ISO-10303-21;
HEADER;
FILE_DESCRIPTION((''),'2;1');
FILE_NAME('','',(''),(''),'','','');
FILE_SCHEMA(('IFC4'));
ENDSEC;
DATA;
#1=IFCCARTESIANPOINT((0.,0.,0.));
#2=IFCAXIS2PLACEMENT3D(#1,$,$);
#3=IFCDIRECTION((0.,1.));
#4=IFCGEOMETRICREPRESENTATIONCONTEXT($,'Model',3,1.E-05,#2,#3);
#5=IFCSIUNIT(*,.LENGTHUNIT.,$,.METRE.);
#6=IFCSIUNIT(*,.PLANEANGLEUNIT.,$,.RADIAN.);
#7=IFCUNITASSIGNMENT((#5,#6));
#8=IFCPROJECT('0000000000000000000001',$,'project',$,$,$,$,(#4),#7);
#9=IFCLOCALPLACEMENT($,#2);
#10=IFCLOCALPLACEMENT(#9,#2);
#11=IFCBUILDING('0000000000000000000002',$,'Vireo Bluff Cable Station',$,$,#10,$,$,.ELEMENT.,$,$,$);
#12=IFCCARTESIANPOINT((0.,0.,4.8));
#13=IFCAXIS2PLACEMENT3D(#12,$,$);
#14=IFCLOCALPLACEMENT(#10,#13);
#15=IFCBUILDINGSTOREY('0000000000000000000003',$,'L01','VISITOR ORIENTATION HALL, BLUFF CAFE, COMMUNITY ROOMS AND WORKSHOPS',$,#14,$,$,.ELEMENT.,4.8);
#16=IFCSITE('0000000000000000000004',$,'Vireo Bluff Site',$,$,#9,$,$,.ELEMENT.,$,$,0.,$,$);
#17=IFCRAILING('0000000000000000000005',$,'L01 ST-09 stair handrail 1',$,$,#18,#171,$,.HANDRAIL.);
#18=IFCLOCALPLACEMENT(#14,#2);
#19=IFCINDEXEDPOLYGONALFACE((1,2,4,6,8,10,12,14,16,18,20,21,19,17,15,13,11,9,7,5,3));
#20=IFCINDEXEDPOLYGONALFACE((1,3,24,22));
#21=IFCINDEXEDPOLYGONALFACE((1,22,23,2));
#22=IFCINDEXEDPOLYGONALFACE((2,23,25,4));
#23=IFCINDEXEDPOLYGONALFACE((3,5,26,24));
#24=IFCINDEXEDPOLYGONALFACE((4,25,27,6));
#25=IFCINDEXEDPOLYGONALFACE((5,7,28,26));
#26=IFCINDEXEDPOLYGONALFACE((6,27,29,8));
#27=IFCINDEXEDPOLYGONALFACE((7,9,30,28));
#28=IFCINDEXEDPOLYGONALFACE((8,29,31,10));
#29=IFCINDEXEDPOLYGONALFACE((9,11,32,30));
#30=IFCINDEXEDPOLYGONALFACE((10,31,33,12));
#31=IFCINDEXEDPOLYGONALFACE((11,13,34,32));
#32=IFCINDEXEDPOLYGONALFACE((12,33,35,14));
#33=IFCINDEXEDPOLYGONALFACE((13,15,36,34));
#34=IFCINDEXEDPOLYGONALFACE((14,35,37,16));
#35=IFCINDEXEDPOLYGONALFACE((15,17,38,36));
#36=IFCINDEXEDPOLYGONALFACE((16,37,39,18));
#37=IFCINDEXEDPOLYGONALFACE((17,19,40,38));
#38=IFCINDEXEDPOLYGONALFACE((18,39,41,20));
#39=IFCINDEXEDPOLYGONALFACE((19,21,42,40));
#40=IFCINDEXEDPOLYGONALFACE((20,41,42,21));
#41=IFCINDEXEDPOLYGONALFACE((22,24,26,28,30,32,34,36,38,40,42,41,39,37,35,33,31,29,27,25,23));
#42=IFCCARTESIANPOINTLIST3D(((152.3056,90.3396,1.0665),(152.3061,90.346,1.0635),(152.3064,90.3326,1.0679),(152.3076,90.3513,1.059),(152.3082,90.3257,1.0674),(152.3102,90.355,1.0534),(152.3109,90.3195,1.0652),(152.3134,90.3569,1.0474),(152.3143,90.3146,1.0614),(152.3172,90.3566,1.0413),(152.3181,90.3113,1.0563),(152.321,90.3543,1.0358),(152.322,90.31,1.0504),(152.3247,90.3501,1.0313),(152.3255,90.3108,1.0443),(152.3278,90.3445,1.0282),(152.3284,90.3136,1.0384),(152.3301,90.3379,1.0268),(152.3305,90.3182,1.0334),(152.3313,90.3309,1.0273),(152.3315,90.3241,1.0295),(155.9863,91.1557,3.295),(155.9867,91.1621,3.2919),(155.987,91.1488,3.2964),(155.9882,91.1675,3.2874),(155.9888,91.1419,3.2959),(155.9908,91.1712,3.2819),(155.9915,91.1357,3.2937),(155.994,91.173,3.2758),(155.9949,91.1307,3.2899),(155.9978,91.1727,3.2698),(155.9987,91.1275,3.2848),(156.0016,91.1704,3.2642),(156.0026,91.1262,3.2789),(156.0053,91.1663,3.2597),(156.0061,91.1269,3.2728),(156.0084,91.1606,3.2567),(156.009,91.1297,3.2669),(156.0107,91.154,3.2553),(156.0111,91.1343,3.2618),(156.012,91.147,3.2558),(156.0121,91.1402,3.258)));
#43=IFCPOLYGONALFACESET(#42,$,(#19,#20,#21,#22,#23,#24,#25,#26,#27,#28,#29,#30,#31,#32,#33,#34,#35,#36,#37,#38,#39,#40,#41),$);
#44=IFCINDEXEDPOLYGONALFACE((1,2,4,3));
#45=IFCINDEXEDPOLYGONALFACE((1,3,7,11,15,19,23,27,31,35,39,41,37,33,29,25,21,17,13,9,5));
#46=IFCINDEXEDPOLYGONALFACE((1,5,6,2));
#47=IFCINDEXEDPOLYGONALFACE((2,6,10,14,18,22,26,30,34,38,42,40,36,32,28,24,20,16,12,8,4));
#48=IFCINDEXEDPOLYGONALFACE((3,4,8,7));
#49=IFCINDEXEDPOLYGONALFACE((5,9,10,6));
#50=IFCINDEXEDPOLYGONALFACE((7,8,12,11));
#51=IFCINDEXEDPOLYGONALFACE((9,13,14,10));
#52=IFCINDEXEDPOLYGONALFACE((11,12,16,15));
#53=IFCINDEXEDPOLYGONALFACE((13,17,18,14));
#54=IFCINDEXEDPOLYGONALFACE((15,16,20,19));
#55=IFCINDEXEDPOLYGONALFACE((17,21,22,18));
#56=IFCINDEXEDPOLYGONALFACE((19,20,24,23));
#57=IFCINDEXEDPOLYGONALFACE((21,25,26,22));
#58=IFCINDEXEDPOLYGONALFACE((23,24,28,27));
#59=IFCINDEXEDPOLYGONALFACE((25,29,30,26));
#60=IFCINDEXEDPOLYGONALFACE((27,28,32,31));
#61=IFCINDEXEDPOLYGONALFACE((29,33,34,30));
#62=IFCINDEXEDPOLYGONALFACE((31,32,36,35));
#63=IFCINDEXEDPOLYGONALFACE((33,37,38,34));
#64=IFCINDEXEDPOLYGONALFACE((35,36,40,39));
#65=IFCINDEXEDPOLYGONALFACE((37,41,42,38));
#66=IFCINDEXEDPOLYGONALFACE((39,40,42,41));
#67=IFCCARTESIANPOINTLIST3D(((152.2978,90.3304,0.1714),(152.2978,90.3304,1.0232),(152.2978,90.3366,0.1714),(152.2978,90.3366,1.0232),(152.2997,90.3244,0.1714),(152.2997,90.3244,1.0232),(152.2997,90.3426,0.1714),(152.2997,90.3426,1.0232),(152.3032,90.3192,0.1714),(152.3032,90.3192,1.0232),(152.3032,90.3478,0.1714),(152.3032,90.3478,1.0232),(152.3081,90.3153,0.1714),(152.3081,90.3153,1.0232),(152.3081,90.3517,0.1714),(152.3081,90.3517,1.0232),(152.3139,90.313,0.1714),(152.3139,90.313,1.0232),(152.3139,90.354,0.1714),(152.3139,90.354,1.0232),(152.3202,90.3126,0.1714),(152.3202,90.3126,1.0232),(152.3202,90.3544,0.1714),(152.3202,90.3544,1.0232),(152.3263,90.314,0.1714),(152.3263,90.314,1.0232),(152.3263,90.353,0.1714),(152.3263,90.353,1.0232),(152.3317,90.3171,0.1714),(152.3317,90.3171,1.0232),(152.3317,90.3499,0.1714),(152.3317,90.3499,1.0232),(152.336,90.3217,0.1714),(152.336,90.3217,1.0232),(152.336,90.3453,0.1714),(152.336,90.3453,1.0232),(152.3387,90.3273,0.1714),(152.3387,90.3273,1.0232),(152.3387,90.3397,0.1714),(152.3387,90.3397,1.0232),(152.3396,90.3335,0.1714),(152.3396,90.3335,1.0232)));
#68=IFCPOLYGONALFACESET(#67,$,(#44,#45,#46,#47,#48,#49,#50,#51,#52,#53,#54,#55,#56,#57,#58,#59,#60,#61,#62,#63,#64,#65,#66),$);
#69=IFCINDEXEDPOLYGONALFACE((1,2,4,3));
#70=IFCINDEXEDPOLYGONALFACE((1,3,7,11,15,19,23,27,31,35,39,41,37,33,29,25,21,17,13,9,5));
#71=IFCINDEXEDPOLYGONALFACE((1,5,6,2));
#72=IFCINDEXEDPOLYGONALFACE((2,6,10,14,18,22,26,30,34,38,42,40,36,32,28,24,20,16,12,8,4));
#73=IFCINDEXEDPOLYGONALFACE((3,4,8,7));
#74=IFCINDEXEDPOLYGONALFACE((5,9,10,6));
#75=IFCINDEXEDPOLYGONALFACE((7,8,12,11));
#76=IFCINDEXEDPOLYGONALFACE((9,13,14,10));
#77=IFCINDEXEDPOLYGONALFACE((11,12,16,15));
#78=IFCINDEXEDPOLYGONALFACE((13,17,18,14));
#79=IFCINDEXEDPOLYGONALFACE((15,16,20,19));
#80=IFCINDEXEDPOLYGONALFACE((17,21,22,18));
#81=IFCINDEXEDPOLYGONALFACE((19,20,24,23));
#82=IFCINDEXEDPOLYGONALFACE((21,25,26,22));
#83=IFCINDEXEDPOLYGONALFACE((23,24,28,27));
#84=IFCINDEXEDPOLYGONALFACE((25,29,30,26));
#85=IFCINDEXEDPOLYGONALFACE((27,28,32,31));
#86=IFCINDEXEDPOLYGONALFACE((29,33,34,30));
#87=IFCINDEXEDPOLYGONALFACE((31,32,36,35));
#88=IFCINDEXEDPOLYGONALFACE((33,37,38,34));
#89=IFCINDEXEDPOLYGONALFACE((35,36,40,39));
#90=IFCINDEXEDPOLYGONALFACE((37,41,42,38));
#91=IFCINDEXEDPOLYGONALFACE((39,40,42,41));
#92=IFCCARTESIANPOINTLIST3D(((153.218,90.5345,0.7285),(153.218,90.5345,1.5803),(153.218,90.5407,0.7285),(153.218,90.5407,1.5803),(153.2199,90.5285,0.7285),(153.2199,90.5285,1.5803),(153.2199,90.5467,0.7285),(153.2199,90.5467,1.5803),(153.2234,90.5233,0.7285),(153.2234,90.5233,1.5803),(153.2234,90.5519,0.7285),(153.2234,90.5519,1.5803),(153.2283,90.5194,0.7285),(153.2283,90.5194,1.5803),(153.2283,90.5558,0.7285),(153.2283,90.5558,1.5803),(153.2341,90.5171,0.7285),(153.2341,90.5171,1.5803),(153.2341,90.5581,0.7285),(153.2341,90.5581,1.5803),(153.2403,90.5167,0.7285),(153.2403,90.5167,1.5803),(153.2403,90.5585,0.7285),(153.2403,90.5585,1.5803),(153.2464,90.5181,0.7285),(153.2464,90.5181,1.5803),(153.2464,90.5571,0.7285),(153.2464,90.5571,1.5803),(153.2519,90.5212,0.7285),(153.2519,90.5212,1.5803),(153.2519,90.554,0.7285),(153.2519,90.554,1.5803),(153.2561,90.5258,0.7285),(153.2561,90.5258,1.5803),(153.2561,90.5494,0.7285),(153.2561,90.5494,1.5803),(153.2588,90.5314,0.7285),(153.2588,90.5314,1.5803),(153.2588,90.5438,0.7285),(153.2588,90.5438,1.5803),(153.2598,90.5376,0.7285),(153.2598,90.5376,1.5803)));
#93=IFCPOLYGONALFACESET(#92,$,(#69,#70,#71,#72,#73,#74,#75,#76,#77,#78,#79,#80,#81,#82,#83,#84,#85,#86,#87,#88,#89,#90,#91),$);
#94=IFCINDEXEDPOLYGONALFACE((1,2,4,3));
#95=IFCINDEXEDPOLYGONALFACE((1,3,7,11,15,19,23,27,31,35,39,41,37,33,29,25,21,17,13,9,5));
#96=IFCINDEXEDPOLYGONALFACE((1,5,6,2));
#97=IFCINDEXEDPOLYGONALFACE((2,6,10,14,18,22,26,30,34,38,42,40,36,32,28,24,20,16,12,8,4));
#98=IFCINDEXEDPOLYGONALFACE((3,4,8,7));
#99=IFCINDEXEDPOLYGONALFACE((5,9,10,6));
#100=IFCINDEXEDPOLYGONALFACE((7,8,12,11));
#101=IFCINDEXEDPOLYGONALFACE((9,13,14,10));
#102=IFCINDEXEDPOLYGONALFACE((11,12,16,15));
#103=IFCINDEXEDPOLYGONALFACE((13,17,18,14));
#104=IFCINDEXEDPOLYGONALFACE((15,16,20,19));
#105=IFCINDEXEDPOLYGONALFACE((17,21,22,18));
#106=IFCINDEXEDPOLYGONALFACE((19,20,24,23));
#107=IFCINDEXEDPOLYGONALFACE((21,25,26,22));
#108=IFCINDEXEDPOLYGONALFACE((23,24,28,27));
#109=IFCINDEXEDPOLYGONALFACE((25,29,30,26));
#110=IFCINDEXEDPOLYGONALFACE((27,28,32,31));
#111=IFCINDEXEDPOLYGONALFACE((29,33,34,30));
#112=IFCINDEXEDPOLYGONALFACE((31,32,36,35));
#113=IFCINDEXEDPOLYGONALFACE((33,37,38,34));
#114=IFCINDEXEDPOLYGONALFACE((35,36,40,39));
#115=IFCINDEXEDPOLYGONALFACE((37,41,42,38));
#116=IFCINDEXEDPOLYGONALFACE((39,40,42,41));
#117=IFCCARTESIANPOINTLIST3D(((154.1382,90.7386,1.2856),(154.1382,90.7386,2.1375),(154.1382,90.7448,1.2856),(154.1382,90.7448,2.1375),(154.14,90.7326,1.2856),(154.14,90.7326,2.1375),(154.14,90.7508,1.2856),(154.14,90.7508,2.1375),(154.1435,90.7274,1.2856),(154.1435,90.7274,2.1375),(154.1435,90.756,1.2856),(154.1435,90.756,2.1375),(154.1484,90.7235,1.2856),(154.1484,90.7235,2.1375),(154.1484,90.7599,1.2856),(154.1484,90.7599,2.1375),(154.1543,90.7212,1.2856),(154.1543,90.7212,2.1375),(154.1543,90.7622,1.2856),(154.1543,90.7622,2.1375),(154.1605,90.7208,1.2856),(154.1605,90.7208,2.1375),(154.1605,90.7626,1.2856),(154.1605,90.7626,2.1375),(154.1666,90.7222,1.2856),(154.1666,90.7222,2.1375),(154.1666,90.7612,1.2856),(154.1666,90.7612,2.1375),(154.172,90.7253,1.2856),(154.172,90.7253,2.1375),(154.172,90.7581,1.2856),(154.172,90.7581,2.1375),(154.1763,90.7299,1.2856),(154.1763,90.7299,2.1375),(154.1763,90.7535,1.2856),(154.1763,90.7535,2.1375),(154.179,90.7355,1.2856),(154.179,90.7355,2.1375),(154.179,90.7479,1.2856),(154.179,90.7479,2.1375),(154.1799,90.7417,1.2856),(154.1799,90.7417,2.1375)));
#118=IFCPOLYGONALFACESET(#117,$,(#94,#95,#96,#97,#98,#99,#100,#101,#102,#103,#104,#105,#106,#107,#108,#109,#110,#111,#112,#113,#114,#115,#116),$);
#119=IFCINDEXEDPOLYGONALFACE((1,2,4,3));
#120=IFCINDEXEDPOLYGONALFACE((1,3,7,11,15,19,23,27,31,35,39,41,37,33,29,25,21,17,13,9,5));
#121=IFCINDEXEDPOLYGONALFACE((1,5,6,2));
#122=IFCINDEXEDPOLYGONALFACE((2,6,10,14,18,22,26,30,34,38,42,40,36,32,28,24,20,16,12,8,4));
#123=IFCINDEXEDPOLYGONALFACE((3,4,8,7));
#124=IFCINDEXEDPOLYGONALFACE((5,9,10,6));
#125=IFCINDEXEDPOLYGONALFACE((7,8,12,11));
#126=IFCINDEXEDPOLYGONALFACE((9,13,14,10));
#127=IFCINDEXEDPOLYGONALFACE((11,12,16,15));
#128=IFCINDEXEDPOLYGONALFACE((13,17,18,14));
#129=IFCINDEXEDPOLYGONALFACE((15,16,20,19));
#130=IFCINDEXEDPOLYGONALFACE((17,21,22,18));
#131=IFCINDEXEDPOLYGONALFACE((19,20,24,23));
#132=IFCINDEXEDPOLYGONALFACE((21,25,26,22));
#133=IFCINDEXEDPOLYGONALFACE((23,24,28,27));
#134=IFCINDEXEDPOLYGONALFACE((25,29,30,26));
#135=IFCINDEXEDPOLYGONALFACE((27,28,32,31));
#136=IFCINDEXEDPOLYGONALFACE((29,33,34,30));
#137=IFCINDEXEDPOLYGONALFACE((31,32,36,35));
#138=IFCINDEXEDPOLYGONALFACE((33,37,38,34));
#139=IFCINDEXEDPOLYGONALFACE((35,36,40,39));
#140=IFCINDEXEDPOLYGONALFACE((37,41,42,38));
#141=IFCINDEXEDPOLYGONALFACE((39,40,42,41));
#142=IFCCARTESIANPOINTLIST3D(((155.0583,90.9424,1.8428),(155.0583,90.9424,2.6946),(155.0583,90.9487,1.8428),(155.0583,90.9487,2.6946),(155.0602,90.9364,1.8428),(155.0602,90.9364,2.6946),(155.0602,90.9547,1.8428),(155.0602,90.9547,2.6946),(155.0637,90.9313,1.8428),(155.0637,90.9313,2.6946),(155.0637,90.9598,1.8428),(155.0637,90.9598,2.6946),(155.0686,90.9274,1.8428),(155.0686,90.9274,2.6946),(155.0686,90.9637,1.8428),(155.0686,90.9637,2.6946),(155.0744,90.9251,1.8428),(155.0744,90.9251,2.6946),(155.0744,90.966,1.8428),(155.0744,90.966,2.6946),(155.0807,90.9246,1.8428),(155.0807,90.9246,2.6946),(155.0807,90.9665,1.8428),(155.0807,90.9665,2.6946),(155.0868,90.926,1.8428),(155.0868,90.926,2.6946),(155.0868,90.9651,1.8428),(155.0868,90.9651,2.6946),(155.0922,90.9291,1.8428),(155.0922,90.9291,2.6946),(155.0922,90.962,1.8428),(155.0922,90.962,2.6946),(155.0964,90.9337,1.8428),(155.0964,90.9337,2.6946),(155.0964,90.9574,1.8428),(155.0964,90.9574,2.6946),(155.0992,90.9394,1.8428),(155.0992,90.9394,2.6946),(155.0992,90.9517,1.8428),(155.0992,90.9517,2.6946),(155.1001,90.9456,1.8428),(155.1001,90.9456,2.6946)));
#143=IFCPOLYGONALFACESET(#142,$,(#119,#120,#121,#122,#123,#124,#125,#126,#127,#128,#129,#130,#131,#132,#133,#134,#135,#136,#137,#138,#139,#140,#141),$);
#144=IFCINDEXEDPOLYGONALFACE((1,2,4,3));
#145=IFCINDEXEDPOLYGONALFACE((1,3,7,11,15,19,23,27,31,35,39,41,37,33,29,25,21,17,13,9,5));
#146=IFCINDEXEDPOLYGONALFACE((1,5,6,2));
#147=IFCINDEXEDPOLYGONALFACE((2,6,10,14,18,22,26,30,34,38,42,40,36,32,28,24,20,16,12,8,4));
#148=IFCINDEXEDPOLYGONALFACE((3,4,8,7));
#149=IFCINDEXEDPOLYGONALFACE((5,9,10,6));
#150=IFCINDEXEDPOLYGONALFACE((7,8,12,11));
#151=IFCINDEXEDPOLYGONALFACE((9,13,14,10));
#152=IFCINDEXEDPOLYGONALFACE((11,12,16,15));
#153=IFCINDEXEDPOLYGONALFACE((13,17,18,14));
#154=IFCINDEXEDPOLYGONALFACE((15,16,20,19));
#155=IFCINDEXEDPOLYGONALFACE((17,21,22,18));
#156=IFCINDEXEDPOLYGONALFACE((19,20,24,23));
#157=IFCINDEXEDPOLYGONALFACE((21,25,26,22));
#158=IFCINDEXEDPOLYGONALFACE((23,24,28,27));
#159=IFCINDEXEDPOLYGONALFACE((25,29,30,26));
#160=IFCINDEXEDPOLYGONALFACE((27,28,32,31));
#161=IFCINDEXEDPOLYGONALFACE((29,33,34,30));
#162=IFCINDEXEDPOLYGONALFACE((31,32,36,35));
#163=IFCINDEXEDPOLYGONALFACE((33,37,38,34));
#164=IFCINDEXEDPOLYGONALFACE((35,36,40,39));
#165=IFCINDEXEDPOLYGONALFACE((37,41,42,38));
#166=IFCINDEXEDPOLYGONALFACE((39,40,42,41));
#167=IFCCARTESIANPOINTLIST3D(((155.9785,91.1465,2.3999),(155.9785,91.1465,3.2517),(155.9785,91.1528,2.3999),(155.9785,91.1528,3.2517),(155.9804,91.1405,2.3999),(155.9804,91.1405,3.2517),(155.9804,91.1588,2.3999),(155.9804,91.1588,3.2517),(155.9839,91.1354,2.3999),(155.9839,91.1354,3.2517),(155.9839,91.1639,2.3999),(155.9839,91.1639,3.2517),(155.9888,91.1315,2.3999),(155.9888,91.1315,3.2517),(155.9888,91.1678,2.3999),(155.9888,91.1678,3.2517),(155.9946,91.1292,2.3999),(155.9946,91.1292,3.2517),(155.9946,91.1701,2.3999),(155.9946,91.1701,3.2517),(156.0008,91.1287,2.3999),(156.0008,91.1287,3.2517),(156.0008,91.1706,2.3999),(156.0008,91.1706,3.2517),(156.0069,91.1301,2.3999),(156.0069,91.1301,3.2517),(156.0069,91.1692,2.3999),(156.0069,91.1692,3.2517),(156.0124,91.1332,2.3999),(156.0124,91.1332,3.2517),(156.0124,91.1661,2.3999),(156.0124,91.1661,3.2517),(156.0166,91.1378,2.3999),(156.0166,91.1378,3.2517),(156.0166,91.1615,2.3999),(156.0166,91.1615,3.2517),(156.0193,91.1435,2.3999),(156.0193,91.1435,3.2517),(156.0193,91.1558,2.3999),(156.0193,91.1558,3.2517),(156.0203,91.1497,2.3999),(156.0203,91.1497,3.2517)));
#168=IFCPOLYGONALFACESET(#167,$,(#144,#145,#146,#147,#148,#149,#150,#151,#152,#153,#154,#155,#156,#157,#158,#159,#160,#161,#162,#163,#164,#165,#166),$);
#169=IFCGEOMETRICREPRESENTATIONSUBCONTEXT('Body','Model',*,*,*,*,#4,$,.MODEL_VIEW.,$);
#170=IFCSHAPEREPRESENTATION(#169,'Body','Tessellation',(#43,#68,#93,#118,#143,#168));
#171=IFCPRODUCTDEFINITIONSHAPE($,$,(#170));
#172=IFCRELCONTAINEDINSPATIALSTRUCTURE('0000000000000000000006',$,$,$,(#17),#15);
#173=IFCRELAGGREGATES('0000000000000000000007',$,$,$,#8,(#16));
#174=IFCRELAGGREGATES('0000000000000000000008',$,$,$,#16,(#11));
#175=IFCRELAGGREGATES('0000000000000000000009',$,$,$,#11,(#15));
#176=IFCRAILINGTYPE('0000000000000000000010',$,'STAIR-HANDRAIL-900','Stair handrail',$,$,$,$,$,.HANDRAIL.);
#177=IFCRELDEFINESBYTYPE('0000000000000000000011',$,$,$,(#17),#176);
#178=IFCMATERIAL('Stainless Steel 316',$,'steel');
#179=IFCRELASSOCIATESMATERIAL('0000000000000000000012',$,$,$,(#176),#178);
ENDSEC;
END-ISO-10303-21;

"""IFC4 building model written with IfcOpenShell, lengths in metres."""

from ifc_helpers import new_model, si_unit, direction, frame, origin, origin_2d, place, context, subcontext, project, spatial, circle, extrude, material, type_object, element, save


model = new_model("IFC4")

# Units and contexts
model_context = context("Model", 3, precision=1e-05, world=origin(), true_north=direction((0.0, 1.0)))
body_context = subcontext(model_context, "Body", "Model", "MODEL_VIEW")
ifc_project = project(units=[si_unit("LENGTHUNIT", "METRE"), si_unit("PLANEANGLEUNIT", "RADIAN")], contexts=[model_context])

# Site, building, storey
site_placement = place(None, origin())
site = spatial("IfcSite", under=ifc_project, at=site_placement, Name="Vireo Bluff Site", CompositionType="ELEMENT", RefElevation=0.0)
building_placement = place(site_placement, origin())
building = spatial("IfcBuilding", under=site, at=building_placement, Name="Vireo Bluff Cable Station", CompositionType="ELEMENT")
storey_placement = place(building_placement, frame((0.0, 0.0, 4.8)))
storey = spatial("IfcBuildingStorey", under=building, at=storey_placement, Name="L01", Description="VISITOR ORIENTATION HALL, BLUFF CAFE, COMMUNITY ROOMS AND WORKSHOPS", CompositionType="ELEMENT", Elevation=4.8)

# Railing
ifc_material_1 = material(Name="Stainless Steel 316", Category="steel")
railing_type_1 = type_object("IfcRailingType", Name="STAIR-HANDRAIL-900", Description="Stair handrail", PredefinedType="HANDRAIL", material=ifc_material_1)
railing_1_placement = place(storey_placement, frame((152.3186, 90.3335, 0.1714)))
element("IfcRailing", 1, at=railing_1_placement, inside=storey, type_object=railing_type_1, Name="L01 ST-09 stair handrail 1", PredefinedType="HANDRAIL", context=body_context, shape_type="SweptSolid", body=[
    extrude(circle(Radius=0.0239, at=origin_2d()), frame((0.0, 0.0, 0.876), z_axis=(0.840437, 0.186361, 0.508856), x_axis=(-0.216485, 0.976286, 0.0)), (0.0, 0.0, 1.0), 4.3794),
    extrude(circle(Radius=0.021, at=origin_2d()), origin(), (0.0, 0.0, 1.0), 0.8518),
    extrude(circle(Radius=0.021, at=origin_2d()), frame((0.9202, 0.2041, 0.5571)), (0.0, 0.0, 1.0), 0.8518),
    extrude(circle(Radius=0.021, at=origin_2d()), frame((1.8403, 0.4082, 1.1143)), (0.0, 0.0, 1.0), 0.8518),
    extrude(circle(Radius=0.021, at=origin_2d()), frame((2.7605, 0.6121, 1.6714)), (0.0, 0.0, 1.0), 0.8518),
    extrude(circle(Radius=0.021, at=origin_2d()), frame((3.6807, 0.8162, 2.2285)), (0.0, 0.0, 1.0), 0.8518),
])

save(model, "model.ifc")
